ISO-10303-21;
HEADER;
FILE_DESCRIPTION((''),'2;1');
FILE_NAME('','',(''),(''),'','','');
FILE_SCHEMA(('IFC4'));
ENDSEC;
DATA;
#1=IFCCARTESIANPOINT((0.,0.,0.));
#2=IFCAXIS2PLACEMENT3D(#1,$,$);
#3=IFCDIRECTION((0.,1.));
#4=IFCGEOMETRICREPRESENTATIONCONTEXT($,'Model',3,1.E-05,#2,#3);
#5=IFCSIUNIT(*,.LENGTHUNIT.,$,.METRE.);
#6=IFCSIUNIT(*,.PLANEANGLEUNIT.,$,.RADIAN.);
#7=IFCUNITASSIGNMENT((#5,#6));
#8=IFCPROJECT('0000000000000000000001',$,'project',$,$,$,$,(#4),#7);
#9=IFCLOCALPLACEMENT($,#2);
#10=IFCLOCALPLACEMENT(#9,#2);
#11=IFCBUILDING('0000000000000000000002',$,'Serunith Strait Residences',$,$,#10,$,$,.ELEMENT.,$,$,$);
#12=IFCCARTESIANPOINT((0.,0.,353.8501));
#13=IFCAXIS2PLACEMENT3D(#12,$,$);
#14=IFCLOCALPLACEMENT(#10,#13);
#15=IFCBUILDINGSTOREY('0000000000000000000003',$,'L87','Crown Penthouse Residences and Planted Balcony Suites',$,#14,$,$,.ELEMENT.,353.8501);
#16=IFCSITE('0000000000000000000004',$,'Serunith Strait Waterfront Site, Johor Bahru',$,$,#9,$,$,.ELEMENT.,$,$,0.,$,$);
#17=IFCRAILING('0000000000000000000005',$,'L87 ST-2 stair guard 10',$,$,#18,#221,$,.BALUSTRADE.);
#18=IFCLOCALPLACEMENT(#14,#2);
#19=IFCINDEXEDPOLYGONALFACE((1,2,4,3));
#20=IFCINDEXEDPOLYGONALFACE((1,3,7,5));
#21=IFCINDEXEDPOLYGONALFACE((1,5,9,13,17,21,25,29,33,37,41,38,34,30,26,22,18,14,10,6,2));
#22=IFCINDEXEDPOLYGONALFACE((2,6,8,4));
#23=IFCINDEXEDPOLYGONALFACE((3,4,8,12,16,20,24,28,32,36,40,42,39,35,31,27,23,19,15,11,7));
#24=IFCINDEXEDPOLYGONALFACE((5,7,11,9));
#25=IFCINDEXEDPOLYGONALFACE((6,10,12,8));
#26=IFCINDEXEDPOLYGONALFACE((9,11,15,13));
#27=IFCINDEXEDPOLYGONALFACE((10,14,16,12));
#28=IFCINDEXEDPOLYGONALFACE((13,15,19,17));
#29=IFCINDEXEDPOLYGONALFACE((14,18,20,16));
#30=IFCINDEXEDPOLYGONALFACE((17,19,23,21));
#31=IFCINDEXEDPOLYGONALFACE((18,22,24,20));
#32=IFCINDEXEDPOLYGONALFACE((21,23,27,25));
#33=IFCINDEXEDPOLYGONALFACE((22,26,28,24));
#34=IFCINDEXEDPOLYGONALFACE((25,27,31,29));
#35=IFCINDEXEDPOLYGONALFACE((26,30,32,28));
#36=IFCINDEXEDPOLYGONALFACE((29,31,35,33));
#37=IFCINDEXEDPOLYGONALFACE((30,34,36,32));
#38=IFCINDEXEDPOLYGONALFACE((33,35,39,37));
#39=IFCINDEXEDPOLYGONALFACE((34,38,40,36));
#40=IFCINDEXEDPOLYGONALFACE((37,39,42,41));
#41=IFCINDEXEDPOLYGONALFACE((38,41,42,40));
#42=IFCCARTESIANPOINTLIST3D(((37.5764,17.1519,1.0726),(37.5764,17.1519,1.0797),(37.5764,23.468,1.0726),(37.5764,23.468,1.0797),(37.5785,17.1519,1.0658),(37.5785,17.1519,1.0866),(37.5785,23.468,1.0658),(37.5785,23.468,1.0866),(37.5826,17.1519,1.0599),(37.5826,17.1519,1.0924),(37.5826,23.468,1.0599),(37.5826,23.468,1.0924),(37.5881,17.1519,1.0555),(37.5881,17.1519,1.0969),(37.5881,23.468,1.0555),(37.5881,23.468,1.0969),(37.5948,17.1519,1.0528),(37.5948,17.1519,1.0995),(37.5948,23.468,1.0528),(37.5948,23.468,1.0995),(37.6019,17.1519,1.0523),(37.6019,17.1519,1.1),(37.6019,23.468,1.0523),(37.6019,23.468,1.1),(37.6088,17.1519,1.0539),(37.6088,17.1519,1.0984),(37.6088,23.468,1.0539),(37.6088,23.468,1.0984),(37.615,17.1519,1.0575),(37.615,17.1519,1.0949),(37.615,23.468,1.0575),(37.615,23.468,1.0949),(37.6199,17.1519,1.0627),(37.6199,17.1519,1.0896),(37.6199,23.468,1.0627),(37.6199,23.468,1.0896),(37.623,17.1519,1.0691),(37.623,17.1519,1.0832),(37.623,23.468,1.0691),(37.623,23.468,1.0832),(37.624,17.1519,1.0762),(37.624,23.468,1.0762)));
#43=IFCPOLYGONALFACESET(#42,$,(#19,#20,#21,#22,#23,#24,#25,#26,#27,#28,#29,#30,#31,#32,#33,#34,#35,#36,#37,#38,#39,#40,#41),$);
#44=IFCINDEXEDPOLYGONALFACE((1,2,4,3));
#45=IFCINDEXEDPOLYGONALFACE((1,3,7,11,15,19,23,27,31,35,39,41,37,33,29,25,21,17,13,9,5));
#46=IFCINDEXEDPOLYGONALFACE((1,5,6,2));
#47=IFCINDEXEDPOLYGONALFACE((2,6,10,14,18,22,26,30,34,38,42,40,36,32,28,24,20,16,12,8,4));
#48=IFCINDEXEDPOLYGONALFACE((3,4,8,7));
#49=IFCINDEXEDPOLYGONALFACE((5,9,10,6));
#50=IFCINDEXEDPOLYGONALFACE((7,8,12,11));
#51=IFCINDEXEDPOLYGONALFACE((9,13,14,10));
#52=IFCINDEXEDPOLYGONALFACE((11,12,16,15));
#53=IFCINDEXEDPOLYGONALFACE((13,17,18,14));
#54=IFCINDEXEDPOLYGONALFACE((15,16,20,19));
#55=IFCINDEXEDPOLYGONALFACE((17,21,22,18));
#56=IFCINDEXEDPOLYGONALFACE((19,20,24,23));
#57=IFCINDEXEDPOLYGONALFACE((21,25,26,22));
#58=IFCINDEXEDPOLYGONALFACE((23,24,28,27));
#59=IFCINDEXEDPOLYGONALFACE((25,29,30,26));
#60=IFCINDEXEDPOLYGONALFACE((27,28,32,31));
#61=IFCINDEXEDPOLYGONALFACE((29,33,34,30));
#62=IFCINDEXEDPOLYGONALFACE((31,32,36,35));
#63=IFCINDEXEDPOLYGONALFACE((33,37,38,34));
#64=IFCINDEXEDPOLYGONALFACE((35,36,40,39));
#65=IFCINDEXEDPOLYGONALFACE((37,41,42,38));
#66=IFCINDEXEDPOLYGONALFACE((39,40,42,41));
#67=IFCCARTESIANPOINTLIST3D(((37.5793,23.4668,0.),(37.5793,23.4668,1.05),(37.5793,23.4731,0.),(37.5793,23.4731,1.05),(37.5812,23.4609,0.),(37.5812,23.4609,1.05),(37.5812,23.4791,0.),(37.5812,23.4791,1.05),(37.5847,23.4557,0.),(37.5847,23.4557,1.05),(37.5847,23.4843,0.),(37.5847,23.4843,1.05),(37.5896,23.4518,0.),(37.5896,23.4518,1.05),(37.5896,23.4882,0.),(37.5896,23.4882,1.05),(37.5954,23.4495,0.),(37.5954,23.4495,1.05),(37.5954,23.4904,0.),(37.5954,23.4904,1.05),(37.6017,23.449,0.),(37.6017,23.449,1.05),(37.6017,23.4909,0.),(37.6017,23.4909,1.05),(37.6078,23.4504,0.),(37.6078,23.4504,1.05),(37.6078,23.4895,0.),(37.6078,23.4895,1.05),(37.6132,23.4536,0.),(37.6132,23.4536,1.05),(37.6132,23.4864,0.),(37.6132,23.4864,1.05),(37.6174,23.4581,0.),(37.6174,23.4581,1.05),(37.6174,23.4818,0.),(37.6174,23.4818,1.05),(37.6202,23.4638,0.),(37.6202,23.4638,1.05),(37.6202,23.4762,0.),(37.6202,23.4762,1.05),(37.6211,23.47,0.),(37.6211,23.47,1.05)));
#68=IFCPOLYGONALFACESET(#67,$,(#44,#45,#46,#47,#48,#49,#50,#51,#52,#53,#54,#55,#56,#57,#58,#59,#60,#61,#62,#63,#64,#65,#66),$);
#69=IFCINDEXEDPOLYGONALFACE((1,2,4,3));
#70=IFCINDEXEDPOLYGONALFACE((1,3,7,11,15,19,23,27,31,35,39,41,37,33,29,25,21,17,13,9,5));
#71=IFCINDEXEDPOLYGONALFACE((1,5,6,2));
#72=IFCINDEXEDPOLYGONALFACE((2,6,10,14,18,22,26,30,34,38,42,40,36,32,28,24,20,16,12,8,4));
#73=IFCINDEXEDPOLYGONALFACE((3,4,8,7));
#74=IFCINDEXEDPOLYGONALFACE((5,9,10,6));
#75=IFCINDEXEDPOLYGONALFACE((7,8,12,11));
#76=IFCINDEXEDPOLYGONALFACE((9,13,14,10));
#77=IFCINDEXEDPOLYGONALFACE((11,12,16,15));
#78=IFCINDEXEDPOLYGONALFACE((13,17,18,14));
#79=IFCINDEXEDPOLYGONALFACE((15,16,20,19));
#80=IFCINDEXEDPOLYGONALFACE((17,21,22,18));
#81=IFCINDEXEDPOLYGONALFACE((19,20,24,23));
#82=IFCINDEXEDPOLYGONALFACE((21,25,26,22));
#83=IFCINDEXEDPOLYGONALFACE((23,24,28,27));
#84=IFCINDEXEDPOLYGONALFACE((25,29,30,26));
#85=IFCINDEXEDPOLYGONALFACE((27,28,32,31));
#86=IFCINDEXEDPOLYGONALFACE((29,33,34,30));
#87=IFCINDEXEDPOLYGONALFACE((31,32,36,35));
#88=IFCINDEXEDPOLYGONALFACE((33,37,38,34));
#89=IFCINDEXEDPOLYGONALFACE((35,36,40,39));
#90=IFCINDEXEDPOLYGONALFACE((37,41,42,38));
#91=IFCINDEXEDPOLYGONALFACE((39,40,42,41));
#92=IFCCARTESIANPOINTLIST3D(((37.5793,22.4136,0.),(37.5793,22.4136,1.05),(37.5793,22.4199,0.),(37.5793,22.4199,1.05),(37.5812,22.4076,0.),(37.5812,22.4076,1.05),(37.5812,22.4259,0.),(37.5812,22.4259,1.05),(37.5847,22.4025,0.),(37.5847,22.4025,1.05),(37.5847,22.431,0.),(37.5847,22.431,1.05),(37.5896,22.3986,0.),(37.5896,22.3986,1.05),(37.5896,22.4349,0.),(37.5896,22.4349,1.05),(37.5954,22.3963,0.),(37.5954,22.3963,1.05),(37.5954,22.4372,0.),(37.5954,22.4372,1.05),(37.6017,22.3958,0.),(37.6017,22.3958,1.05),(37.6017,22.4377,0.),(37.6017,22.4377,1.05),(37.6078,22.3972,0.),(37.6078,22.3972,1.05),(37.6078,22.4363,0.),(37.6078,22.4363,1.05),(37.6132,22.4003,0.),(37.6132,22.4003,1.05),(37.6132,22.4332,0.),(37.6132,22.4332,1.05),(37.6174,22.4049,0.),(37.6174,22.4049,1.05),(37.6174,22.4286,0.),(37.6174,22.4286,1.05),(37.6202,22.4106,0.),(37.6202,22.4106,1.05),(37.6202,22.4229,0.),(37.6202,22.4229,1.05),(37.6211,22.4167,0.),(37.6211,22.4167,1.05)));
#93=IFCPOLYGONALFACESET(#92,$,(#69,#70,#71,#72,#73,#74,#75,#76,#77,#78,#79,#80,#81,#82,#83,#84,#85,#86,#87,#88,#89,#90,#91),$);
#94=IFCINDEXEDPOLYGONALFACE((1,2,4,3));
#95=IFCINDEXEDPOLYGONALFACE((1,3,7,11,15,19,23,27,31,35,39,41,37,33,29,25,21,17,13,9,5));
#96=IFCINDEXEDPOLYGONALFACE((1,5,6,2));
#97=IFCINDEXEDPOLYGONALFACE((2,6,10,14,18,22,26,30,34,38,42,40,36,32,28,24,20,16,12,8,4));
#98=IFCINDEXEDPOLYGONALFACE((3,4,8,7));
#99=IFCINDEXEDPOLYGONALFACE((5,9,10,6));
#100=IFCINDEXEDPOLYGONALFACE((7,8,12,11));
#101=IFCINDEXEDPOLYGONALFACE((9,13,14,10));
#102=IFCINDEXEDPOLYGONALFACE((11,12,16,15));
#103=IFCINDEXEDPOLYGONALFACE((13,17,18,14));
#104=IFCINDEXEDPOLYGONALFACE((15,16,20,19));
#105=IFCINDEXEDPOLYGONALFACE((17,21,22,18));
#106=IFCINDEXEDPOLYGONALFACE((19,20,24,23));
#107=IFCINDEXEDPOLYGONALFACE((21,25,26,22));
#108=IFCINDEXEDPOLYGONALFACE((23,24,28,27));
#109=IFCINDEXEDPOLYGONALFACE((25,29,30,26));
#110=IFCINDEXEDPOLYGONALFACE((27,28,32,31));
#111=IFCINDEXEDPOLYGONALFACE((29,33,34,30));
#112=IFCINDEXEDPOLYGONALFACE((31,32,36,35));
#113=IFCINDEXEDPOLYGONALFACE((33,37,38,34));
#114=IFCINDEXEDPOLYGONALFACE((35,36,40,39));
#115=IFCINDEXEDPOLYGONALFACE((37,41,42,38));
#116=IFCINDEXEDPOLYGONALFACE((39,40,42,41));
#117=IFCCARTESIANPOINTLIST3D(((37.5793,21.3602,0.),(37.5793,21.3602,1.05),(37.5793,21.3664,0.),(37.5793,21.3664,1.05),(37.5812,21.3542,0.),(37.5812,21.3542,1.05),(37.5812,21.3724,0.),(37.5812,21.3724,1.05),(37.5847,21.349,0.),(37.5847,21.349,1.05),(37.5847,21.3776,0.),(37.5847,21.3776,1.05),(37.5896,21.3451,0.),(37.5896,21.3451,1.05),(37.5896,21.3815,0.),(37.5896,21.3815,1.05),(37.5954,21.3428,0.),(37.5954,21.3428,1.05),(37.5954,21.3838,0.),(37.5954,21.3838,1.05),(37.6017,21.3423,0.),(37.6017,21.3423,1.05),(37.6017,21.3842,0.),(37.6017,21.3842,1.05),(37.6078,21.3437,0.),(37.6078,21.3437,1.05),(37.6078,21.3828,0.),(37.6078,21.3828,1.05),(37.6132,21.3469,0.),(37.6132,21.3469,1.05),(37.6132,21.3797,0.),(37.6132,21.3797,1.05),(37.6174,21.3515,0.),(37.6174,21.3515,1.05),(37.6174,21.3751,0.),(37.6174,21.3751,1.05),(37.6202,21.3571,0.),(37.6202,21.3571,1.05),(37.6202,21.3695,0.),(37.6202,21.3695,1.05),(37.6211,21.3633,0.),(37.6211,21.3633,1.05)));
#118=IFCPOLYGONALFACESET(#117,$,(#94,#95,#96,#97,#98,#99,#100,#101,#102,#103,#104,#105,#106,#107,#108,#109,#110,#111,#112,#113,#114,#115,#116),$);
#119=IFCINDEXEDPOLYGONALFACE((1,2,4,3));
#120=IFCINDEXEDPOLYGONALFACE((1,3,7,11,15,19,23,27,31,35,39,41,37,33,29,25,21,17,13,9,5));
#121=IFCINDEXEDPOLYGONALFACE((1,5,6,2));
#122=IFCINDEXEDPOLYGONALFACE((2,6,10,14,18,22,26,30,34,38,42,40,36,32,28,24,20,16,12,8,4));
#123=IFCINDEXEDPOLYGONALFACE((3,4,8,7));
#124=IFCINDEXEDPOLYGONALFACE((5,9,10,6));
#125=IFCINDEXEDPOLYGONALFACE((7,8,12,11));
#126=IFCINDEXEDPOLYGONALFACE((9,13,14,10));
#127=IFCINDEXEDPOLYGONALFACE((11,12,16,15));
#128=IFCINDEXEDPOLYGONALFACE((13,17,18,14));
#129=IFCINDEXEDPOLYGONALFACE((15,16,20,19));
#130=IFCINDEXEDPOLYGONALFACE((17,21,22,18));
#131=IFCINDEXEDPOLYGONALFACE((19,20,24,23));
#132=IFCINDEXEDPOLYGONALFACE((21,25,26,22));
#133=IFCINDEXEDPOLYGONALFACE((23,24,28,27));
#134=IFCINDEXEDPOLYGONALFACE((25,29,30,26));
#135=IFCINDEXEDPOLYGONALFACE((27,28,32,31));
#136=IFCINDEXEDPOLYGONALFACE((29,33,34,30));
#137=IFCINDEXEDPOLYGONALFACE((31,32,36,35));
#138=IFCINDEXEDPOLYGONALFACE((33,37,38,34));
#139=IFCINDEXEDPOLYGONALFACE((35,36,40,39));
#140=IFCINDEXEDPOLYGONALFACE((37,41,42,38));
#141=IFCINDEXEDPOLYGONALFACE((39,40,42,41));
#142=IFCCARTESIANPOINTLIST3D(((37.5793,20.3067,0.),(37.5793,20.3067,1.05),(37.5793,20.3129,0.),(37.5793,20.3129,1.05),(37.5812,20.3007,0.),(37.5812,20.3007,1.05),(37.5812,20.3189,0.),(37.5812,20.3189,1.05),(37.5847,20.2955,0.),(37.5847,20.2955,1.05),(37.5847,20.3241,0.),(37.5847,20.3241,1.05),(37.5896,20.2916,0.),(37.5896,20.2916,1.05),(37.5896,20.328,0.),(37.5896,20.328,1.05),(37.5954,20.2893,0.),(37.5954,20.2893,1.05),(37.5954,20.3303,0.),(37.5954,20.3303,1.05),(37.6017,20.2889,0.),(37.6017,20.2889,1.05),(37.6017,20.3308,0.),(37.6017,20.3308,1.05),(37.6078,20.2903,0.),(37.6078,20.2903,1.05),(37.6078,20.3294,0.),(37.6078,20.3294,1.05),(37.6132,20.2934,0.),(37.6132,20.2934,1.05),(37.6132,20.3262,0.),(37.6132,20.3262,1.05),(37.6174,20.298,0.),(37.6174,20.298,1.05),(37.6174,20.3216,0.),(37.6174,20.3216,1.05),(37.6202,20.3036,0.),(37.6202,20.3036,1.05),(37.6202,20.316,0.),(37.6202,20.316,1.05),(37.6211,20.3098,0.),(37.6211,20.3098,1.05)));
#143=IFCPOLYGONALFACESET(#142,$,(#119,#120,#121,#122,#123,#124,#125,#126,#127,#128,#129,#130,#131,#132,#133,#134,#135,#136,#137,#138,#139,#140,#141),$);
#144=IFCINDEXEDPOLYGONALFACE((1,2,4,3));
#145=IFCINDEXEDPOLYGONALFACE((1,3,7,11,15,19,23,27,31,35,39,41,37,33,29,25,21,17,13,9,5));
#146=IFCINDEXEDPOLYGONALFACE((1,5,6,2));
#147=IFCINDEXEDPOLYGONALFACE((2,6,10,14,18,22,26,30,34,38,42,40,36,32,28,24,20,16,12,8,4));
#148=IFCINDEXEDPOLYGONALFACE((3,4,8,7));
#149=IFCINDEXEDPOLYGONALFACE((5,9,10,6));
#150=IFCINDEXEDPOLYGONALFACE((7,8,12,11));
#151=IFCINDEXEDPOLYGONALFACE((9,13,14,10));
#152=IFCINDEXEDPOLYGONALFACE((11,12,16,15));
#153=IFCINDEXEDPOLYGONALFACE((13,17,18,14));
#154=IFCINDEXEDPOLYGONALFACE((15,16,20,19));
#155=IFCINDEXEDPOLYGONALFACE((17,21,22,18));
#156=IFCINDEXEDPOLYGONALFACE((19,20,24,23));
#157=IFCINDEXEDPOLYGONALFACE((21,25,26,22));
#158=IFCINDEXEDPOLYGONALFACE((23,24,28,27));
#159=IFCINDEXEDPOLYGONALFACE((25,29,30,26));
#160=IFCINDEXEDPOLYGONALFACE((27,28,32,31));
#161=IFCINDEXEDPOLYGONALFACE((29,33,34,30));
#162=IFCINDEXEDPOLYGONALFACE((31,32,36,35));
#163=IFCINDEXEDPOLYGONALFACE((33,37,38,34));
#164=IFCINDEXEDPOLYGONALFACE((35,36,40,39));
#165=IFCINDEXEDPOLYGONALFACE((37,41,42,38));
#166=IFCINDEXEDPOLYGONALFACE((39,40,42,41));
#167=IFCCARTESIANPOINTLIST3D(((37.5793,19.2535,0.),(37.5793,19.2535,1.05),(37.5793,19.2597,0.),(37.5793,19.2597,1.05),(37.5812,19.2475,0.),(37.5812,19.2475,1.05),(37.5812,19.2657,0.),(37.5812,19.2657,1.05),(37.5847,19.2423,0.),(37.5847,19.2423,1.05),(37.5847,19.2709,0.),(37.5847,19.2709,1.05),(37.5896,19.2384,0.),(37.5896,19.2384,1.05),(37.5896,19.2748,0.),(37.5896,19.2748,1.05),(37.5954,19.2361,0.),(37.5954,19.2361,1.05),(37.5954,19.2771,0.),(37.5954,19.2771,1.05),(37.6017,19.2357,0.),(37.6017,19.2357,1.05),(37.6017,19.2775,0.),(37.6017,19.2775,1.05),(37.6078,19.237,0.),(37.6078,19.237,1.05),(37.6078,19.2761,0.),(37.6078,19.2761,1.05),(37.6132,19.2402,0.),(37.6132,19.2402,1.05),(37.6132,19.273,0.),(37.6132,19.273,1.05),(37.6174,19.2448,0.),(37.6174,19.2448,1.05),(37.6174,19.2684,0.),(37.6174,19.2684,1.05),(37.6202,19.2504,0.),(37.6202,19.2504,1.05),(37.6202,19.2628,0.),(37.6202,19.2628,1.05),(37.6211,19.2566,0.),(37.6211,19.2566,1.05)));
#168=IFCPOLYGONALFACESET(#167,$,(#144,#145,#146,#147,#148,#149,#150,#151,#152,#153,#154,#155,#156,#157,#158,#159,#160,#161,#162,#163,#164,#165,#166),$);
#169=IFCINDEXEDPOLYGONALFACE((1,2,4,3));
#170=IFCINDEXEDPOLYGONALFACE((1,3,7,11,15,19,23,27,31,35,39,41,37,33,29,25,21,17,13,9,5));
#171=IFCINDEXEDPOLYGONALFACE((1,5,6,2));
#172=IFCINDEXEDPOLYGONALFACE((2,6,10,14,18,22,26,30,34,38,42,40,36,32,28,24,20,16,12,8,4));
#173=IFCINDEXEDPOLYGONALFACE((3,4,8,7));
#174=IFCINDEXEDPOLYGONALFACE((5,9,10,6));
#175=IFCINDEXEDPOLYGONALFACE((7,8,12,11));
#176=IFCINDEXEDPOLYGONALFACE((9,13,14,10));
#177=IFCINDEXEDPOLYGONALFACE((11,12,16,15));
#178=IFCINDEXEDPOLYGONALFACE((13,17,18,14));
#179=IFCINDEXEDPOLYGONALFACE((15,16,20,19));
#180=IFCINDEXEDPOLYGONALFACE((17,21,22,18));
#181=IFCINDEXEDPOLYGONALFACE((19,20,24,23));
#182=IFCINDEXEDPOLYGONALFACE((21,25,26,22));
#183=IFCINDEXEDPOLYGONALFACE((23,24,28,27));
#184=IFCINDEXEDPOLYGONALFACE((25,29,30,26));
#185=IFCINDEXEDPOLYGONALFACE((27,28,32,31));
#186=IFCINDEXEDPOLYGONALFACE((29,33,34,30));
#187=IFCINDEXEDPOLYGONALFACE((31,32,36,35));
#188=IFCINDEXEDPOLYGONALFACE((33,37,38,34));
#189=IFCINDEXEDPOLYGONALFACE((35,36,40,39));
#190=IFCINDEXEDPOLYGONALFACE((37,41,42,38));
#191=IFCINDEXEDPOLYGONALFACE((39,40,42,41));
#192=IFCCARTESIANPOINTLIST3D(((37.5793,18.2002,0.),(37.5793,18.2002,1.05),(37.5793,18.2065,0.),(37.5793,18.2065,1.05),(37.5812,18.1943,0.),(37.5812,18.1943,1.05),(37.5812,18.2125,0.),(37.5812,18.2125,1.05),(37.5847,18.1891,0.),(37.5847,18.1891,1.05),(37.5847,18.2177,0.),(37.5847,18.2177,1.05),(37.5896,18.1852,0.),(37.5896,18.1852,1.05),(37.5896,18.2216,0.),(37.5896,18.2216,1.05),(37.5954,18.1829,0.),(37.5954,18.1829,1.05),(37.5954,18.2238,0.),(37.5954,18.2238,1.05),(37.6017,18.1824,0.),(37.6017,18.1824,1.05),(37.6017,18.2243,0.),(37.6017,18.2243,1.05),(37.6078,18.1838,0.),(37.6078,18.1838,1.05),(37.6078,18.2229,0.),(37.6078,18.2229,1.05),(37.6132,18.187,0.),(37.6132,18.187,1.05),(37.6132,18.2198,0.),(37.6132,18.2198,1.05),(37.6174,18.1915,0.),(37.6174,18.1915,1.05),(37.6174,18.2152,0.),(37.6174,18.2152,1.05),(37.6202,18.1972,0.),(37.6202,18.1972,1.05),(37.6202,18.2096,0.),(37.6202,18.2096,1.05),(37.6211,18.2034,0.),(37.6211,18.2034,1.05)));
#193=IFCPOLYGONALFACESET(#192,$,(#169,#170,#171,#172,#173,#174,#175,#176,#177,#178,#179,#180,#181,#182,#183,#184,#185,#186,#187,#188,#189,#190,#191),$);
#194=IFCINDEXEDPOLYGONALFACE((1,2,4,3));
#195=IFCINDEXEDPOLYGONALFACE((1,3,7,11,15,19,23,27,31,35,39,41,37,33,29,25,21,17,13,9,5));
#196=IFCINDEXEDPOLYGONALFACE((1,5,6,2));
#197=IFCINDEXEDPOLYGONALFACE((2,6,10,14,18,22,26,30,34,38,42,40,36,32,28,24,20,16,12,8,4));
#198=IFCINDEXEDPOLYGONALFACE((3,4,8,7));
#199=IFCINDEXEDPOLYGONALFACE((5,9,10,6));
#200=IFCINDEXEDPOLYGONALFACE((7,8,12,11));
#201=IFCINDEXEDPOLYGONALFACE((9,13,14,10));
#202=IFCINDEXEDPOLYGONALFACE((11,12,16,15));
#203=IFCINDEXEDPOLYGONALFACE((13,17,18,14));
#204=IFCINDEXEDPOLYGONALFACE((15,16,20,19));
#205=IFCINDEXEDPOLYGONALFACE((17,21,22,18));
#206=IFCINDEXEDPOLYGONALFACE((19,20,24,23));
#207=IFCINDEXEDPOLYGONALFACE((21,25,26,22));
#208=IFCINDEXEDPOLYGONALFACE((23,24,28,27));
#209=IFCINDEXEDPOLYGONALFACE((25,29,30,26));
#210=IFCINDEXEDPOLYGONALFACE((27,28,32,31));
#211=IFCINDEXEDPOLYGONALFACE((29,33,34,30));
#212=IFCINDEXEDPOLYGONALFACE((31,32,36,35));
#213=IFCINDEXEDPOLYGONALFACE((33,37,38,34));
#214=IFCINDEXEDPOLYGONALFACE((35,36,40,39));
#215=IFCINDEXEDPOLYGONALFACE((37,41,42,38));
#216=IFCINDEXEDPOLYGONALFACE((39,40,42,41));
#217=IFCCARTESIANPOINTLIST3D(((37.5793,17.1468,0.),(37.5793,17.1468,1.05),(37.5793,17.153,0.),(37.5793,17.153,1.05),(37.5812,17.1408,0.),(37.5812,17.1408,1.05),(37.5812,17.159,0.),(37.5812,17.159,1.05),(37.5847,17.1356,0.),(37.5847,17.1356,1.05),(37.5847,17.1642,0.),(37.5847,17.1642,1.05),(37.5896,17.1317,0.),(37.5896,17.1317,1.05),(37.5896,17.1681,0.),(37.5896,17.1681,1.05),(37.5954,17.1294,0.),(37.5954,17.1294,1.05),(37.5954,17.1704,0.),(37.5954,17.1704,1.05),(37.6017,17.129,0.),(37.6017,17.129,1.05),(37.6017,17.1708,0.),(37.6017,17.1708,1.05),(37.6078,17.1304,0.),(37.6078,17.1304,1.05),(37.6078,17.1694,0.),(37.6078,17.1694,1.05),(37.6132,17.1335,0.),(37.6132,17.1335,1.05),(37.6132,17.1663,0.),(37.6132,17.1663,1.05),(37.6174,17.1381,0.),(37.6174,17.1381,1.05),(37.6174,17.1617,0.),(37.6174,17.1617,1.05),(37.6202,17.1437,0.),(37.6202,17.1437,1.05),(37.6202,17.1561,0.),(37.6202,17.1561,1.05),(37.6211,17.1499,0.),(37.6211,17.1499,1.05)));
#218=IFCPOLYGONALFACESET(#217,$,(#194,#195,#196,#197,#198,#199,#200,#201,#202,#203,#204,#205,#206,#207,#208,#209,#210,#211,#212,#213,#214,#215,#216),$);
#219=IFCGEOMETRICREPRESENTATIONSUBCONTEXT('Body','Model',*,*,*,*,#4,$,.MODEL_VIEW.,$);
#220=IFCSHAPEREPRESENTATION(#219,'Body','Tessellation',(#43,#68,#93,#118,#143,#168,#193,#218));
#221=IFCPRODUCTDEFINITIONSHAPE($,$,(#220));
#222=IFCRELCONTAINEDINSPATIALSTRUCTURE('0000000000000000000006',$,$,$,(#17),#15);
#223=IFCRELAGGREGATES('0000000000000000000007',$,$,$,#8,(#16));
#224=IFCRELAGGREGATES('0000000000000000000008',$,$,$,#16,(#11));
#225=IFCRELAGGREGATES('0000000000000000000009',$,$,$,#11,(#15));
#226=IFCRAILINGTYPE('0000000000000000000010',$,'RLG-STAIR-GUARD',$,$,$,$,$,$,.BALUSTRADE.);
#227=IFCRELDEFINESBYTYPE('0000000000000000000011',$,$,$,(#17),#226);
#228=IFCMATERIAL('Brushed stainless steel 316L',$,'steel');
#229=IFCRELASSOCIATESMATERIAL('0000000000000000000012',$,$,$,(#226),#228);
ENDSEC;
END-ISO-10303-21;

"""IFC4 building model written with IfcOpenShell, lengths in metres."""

from ifc_helpers import new_model, si_unit, direction, frame, origin, origin_2d, place, context, subcontext, project, spatial, circle, extrude, material, type_object, element, save


model = new_model("IFC4")

# Units and contexts
model_context = context("Model", 3, precision=1e-05, world=origin(), true_north=direction((0.0, 1.0)))
body_context = subcontext(model_context, "Body", "Model", "MODEL_VIEW")
ifc_project = project(units=[si_unit("LENGTHUNIT", "METRE"), si_unit("PLANEANGLEUNIT", "RADIAN")], contexts=[model_context])

# Site, building, storey
site_placement = place(None, origin())
site = spatial("IfcSite", under=ifc_project, at=site_placement, Name="Serunith Strait Waterfront Site, Johor Bahru", CompositionType="ELEMENT", RefElevation=0.0)
building_placement = place(site_placement, origin())
building = spatial("IfcBuilding", under=site, at=building_placement, Name="Serunith Strait Residences", CompositionType="ELEMENT")
storey_placement = place(building_placement, frame((0.0, 0.0, 353.8501)))
storey = spatial("IfcBuildingStorey", under=building, at=storey_placement, Name="L87", Description="Crown Penthouse Residences and Planted Balcony Suites", CompositionType="ELEMENT", Elevation=353.8501)

# Railing
ifc_material_1 = material(Name="Brushed stainless steel 316L", Category="steel")
railing_type_1 = type_object("IfcRailingType", Name="RLG-STAIR-GUARD", PredefinedType="BALUSTRADE", material=ifc_material_1)
railing_1_placement = place(storey_placement, frame((37.6001, 23.47, 0.0)))
element("IfcRailing", 1, at=railing_1_placement, inside=storey, type_object=railing_type_1, Name="L87 ST-2 stair guard 10", PredefinedType="BALUSTRADE", context=body_context, shape_type="SweptSolid", body=[
    extrude(circle(Radius=0.0239, at=origin_2d()), frame((0.0, -0.002, 1.0762), z_axis=(0.0, -1.0, 0.0), x_axis=(1.0, 0.0, 0.0)), (0.0, 0.0, 1.0), 6.3162),
    extrude(circle(Radius=0.021, at=origin_2d()), origin(), (0.0, 0.0, 1.0), 1.05),
    extrude(circle(Radius=0.021, at=origin_2d()), frame((0.0, -1.0532, 0.0)), (0.0, 0.0, 1.0), 1.05),
    extrude(circle(Radius=0.021, at=origin_2d()), frame((0.0, -2.1067, 0.0)), (0.0, 0.0, 1.0), 1.05),
    extrude(circle(Radius=0.021, at=origin_2d()), frame((0.0, -3.1602, 0.0)), (0.0, 0.0, 1.0), 1.05),
    extrude(circle(Radius=0.021, at=origin_2d()), frame((0.0, -4.2134, 0.0)), (0.0, 0.0, 1.0), 1.05),
    extrude(circle(Radius=0.021, at=origin_2d()), frame((0.0, -5.2666, 0.0)), (0.0, 0.0, 1.0), 1.05),
    extrude(circle(Radius=0.021, at=origin_2d()), frame((0.0, -6.3201, 0.0)), (0.0, 0.0, 1.0), 1.05),
])

save(model, "model.ifc")
